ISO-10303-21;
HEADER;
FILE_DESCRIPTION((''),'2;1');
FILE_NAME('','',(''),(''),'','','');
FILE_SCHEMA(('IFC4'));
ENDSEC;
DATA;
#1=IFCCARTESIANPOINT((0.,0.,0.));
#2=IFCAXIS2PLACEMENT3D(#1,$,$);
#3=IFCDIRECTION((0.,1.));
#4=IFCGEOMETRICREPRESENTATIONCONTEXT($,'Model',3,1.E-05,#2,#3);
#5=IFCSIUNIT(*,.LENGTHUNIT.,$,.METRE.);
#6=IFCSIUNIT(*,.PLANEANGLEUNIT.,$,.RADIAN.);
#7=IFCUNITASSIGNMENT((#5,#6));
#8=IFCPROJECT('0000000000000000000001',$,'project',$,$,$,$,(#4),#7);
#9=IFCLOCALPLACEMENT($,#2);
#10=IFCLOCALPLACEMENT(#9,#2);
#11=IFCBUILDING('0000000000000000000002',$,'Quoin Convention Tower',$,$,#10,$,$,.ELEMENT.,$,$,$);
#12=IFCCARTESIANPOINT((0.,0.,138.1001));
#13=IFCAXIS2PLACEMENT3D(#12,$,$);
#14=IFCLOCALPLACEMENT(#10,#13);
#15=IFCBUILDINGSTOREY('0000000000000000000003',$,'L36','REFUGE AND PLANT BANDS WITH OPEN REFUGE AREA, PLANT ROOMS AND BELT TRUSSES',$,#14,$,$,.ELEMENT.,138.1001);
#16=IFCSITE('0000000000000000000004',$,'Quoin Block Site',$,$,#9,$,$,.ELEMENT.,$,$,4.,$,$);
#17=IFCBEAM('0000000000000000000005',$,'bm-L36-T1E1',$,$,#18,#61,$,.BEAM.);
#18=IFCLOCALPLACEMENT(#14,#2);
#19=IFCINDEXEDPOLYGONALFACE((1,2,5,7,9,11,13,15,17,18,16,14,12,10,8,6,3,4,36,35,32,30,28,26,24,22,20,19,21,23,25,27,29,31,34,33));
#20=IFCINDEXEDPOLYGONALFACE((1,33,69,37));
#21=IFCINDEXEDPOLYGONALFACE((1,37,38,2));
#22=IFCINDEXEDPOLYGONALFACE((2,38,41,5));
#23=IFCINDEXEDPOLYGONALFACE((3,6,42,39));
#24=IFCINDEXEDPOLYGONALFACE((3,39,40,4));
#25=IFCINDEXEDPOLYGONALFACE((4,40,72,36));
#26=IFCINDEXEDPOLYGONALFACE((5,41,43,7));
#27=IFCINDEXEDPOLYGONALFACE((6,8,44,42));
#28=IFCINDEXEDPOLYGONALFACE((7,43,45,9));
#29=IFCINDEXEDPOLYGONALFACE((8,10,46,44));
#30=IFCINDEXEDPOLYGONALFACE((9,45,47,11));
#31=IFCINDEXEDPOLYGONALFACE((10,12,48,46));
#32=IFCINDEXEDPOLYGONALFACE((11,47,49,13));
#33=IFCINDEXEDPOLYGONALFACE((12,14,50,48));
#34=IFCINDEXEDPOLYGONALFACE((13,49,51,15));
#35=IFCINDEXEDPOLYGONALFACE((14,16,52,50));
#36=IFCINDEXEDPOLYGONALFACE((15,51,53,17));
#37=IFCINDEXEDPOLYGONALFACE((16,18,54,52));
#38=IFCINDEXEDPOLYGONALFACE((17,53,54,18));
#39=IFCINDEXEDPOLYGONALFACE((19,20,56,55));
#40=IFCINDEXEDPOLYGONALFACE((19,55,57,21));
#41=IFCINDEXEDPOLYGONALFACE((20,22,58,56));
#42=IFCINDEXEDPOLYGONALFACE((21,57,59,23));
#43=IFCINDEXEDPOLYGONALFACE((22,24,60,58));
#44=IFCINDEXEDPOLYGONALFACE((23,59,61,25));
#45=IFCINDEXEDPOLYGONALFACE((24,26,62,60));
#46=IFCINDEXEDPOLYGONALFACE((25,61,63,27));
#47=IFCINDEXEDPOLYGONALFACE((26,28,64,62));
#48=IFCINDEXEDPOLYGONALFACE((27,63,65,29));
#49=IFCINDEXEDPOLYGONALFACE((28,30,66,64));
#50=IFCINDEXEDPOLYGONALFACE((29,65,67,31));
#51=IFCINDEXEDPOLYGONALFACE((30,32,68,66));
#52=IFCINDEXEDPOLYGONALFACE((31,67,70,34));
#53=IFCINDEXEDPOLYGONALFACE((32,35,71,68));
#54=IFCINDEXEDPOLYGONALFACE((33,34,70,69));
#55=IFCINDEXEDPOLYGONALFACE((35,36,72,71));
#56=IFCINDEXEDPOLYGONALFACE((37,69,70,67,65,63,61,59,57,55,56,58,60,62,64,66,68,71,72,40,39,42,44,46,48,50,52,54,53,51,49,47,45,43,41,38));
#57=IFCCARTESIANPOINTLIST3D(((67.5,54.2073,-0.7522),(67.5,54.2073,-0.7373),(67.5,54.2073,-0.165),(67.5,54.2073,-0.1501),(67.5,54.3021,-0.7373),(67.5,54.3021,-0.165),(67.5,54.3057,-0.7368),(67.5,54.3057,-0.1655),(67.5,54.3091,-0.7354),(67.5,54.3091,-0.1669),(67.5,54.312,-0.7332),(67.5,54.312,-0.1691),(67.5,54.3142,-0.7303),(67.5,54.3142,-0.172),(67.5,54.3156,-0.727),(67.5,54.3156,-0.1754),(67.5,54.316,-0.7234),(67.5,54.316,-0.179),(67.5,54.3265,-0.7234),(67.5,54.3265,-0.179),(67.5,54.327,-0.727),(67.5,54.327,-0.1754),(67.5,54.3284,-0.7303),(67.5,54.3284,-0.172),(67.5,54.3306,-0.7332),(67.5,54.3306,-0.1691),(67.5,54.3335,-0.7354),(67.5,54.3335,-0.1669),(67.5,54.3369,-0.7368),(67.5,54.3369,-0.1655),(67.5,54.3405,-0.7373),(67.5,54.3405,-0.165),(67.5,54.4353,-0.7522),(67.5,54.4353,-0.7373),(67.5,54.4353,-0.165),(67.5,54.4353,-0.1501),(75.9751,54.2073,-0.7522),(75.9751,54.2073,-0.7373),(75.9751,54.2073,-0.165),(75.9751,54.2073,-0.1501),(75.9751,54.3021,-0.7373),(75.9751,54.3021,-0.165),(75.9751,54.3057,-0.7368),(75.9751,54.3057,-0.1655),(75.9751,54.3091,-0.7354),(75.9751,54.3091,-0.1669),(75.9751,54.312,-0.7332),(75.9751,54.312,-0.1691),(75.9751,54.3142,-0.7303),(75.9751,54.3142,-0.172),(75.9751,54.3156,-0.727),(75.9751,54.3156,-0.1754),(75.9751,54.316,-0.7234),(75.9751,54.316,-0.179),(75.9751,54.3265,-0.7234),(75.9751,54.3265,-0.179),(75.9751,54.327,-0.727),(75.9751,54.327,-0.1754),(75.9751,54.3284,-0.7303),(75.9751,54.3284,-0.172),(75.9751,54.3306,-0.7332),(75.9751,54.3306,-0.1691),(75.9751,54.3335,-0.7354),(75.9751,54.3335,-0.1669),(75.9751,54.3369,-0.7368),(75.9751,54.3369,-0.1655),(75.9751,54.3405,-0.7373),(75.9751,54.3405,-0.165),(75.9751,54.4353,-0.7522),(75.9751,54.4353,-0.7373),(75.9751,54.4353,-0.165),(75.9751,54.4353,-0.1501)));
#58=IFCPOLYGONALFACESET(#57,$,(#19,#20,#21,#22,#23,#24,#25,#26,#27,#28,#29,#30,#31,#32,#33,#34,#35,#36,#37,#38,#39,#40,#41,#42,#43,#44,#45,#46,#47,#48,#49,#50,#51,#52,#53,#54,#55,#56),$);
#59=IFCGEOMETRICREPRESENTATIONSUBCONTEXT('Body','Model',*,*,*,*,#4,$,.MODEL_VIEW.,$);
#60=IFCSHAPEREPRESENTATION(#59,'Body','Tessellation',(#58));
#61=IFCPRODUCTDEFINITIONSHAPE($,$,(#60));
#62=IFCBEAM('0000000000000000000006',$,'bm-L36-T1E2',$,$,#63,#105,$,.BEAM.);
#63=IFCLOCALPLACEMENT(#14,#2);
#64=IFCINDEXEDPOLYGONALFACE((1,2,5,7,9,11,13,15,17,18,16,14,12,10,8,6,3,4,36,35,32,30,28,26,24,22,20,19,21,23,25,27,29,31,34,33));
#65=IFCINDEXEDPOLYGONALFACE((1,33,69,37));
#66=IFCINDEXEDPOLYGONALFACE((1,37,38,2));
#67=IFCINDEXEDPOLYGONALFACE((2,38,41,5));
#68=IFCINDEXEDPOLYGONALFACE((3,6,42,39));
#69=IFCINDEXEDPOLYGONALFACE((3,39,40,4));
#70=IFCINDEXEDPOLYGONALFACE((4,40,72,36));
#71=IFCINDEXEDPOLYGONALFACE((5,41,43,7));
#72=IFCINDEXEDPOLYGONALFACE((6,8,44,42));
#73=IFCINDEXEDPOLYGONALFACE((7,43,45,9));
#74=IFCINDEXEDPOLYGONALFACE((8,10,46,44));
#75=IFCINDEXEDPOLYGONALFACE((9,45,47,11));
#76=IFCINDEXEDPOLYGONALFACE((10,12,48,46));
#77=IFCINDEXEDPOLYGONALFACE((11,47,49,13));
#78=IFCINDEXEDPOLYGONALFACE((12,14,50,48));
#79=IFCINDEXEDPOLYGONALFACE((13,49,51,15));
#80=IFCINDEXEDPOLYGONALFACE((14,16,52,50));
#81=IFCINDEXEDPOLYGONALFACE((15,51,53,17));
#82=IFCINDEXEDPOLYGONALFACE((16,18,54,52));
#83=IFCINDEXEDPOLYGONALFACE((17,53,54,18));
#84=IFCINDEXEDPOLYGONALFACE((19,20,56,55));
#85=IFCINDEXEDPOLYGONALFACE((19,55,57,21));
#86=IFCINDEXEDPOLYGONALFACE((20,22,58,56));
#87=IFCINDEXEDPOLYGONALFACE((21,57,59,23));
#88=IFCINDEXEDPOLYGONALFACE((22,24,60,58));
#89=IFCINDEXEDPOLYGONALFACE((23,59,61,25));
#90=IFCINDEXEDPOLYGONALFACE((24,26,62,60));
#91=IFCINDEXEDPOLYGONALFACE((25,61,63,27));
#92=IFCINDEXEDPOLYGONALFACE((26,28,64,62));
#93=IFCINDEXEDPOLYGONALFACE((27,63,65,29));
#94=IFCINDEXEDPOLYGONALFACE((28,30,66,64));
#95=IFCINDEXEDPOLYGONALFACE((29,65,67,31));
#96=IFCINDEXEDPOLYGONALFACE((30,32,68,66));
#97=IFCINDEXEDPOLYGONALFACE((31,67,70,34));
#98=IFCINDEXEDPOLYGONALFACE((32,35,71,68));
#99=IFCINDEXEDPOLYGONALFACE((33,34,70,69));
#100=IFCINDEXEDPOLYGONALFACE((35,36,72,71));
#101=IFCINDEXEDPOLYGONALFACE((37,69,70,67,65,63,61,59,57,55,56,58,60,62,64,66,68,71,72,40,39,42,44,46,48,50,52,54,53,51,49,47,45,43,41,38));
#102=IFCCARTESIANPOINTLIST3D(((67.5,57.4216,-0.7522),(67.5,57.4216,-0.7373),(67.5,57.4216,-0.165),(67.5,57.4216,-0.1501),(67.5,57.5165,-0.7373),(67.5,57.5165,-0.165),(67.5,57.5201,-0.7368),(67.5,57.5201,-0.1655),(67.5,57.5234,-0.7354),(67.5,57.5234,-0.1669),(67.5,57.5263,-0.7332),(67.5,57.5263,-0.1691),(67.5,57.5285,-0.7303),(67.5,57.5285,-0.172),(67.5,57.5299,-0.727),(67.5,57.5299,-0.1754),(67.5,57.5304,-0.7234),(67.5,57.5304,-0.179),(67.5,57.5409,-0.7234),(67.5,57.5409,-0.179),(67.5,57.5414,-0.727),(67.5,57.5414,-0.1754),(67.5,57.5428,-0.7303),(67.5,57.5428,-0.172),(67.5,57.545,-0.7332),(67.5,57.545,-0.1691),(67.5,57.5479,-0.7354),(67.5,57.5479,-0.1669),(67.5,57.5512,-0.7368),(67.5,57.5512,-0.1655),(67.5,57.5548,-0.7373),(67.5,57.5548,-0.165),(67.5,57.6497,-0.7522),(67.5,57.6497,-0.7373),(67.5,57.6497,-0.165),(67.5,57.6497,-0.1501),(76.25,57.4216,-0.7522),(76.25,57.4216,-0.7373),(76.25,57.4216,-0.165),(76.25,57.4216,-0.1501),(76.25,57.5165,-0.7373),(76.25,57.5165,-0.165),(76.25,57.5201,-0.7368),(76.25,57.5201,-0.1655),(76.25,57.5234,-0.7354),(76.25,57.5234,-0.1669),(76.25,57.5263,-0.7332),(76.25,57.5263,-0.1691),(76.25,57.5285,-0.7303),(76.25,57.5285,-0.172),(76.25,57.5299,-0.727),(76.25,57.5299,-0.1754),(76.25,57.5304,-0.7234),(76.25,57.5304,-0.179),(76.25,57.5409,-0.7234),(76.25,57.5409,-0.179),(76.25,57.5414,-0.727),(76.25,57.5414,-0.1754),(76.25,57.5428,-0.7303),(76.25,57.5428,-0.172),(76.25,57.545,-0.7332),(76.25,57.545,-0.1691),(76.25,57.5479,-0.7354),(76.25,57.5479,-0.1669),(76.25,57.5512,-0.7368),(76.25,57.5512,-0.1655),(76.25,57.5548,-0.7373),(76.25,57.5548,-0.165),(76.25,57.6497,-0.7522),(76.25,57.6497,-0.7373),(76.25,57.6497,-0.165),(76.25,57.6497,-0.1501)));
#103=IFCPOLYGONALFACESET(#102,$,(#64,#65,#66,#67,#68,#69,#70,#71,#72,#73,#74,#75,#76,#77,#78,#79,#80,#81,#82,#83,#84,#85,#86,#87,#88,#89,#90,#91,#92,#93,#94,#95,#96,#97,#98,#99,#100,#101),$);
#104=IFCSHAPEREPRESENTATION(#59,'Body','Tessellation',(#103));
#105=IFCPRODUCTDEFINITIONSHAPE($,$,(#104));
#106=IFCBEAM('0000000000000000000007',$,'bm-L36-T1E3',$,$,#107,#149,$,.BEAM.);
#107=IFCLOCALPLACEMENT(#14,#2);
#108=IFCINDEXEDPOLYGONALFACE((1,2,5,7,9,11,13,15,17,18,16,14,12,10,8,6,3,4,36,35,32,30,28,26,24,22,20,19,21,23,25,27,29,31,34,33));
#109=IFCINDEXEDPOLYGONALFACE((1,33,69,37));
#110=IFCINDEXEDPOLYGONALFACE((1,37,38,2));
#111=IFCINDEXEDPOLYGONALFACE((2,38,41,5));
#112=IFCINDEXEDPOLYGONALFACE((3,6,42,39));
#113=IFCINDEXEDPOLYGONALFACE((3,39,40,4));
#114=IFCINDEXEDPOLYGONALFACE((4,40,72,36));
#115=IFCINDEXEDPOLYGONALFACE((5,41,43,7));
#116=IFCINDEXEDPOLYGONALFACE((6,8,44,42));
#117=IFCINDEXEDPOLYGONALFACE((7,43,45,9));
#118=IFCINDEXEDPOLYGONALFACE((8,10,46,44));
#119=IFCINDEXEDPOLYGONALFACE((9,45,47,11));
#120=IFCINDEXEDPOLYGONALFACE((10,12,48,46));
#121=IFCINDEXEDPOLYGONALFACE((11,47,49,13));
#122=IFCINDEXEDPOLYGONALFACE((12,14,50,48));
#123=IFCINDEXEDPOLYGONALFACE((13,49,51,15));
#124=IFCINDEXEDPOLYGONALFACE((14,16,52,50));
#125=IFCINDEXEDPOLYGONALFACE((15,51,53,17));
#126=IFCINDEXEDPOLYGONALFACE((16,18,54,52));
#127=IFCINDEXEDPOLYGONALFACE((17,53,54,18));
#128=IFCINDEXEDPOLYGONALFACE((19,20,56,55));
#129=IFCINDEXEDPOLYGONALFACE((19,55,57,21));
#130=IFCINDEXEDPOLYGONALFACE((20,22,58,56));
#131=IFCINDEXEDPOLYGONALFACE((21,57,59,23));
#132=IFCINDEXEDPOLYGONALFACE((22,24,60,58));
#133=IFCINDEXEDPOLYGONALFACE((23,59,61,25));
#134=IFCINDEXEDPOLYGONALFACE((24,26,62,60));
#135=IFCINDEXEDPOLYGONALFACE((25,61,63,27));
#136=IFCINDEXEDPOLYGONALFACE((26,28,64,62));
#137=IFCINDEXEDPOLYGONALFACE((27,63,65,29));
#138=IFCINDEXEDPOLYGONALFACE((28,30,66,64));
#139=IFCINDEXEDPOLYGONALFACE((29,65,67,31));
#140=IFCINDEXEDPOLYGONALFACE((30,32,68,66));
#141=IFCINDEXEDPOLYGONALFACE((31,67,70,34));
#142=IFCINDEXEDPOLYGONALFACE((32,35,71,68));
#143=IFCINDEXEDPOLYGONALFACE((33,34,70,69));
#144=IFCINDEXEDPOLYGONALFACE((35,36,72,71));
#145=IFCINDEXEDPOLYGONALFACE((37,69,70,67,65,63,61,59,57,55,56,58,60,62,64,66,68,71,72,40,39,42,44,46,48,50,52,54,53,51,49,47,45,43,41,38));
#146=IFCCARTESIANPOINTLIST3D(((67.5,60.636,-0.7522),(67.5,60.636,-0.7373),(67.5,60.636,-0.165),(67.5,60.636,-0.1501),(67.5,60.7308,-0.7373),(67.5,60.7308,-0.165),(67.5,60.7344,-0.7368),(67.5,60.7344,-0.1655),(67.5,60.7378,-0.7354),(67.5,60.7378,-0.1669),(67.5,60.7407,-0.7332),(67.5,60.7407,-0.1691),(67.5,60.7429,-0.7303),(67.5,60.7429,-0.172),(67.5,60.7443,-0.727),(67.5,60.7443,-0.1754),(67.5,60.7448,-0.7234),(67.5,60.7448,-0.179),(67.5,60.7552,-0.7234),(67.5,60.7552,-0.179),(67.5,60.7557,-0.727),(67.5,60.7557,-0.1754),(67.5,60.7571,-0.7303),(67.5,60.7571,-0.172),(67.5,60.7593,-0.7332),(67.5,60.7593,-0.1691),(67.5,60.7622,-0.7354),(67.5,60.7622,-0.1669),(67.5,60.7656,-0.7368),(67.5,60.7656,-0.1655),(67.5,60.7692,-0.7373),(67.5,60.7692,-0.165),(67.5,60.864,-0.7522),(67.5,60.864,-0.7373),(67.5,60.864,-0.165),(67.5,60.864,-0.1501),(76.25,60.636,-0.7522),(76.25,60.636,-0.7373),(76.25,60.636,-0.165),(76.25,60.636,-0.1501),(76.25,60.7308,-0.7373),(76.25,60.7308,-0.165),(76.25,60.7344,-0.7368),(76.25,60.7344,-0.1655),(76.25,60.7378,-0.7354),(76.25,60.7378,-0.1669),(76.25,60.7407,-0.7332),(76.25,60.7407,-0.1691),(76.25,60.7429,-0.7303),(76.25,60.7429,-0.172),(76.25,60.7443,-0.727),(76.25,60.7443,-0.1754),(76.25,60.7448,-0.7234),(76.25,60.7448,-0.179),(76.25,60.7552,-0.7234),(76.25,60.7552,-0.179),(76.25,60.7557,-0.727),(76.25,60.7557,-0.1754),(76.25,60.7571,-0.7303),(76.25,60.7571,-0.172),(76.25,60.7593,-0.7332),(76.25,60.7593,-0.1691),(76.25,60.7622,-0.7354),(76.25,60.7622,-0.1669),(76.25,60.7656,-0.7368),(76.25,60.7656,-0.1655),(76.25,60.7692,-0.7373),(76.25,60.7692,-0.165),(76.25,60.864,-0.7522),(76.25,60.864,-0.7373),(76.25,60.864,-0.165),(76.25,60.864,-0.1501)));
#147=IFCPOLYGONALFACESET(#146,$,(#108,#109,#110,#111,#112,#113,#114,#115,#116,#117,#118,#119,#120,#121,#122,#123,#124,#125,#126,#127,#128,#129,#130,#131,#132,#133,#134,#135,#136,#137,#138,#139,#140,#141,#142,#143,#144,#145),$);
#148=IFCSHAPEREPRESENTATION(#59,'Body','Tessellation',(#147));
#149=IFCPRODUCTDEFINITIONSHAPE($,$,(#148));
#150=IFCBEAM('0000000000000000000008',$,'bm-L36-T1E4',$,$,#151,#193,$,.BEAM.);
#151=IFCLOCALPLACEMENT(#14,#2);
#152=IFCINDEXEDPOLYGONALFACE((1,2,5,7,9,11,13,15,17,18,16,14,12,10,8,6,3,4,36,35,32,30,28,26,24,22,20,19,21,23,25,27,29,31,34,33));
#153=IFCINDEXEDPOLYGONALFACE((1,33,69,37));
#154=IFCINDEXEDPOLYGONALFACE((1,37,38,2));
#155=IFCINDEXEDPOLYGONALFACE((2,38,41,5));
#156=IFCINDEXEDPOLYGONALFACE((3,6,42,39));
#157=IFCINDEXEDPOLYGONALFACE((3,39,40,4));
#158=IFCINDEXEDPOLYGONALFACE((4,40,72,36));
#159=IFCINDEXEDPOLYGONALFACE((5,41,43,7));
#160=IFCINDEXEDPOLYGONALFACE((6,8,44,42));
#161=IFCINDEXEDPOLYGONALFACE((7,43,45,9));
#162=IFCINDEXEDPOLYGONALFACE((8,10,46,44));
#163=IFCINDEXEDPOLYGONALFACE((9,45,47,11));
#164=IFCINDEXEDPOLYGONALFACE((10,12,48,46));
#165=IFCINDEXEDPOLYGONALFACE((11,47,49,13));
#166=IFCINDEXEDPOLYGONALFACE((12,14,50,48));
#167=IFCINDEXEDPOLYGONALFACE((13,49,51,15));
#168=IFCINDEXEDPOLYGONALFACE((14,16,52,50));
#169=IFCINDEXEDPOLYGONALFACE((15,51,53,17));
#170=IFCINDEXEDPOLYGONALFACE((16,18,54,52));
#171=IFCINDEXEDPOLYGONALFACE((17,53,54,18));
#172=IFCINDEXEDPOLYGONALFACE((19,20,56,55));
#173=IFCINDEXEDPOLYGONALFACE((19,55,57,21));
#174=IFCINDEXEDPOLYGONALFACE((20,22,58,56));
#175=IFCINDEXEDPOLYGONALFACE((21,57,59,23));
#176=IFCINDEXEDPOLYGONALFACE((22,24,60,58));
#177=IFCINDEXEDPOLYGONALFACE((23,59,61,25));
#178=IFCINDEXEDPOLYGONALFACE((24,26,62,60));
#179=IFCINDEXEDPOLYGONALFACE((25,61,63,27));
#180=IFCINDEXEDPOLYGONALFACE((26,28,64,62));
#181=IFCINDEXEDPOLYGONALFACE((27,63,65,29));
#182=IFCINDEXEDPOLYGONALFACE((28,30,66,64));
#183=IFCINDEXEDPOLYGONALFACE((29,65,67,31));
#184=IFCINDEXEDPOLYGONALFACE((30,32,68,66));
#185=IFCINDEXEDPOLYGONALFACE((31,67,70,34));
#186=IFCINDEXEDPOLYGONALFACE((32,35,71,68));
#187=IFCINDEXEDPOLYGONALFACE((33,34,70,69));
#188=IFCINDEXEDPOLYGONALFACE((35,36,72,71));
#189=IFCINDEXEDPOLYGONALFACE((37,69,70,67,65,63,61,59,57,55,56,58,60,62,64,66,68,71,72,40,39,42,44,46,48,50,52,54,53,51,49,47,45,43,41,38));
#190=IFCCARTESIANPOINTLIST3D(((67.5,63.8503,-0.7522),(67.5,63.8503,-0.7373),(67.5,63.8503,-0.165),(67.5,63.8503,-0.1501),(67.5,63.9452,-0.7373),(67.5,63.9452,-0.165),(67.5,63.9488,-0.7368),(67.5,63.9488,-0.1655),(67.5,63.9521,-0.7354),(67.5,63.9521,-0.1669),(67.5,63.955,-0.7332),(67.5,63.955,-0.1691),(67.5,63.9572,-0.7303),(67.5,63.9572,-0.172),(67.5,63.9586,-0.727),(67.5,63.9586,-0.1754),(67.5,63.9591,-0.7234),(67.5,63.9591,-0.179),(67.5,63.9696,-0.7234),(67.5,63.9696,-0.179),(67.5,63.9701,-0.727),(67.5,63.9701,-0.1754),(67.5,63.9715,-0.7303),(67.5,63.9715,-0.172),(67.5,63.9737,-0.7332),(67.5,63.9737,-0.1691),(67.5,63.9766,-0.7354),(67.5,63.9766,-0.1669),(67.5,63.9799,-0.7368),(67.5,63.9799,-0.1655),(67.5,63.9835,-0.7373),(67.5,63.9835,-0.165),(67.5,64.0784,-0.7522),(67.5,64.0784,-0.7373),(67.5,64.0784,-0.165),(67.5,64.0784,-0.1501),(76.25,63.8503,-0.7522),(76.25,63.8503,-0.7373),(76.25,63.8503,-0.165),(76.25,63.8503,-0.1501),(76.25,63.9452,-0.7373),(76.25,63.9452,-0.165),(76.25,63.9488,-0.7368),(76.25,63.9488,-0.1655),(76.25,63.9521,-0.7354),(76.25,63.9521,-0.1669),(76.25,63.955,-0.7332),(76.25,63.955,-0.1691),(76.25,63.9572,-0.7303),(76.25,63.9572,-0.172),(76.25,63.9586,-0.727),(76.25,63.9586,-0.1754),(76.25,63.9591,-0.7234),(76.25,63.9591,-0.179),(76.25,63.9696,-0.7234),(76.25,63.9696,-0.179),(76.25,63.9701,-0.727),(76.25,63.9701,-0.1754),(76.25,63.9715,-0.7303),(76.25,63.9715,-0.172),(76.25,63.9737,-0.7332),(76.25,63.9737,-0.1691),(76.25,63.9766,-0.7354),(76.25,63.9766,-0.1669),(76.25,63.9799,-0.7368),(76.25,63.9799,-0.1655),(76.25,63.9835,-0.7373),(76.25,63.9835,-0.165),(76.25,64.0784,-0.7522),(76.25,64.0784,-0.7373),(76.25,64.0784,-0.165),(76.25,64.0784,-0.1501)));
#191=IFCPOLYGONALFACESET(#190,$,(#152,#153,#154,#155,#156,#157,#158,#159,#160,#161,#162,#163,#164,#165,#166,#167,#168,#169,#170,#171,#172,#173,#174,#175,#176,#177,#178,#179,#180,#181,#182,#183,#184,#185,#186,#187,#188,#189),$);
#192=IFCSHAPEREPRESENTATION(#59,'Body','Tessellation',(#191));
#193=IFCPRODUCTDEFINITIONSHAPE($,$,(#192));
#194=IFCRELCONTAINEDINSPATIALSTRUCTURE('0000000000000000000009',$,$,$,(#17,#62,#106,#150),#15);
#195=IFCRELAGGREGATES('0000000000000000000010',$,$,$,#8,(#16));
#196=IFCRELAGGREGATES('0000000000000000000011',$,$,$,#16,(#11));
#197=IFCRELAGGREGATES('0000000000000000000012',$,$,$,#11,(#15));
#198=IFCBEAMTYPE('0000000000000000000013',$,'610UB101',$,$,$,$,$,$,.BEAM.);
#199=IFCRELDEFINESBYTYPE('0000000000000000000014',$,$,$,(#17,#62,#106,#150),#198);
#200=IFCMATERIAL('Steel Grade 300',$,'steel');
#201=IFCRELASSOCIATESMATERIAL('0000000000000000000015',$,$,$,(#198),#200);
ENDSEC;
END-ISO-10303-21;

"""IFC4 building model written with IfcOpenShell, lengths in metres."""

from ifc_helpers import new_model, si_unit, direction, frame, origin, origin_2d, place, context, subcontext, project, spatial, i_section, extrude, material, material_profile, profile_set, type_object, element, save


model = new_model("IFC4")

# Units and contexts
model_context = context("Model", 3, precision=1e-05, world=origin(), true_north=direction((0.0, 1.0)))
body_context = subcontext(model_context, "Body", "Model", "MODEL_VIEW")
ifc_project = project(units=[si_unit("LENGTHUNIT", "METRE"), si_unit("PLANEANGLEUNIT", "RADIAN")], contexts=[model_context])

# Site, building, storey
site_placement = place(None, origin())
site = spatial("IfcSite", under=ifc_project, at=site_placement, Name="Quoin Block Site", CompositionType="ELEMENT", RefElevation=4.0)
building_placement = place(site_placement, origin())
building = spatial("IfcBuilding", under=site, at=building_placement, Name="Quoin Convention Tower", CompositionType="ELEMENT")
storey_placement = place(building_placement, frame((0.0, 0.0, 138.1001)))
storey = spatial("IfcBuildingStorey", under=building, at=storey_placement, Name="L36", Description="REFUGE AND PLANT BANDS WITH OPEN REFUGE AREA, PLANT ROOMS AND BELT TRUSSES", CompositionType="ELEMENT", Elevation=138.1001)

# Shared definitions
ifc_material_1 = material(Name="Steel Grade 300", Category="steel")

# Beams
ifc_material_profile_1 = material_profile(ifc_material_1, i_section(OverallWidth=0.228, OverallDepth=0.6021, WebThickness=0.0105, FlangeThickness=0.0149, FilletRadius=0.0139, at=origin_2d()), Name="610UB101")
ifc_profile_set_1 = profile_set([ifc_material_profile_1], Name="Steel Grade 300")
beam_type_1 = type_object("IfcBeamType", Name="610UB101", PredefinedType="BEAM", material=ifc_profile_set_1)
beam_1_placement = place(storey_placement, frame((67.5, 54.3213, -0.4512), z_axis=(1.0, 0.0, 0.0), x_axis=(0.0, 1.0, 0.0)))
element("IfcBeam", 1, at=beam_1_placement, inside=storey, type_object=beam_type_1, Name="bm-L36-T1E1", PredefinedType="BEAM", context=body_context, shape_type="SweptSolid", body=[
    extrude(i_section(OverallWidth=0.228, OverallDepth=0.6021, WebThickness=0.0105, FlangeThickness=0.0149, FilletRadius=0.0139, at=origin_2d()), origin(), (0.0, 0.0, 1.0), 8.4751),
])
for number, where, z_axis, x_axis, name in (
    (2, (67.5, 57.5356, -0.4512), (1.0, 0.0, 0.0), (0.0, 1.0, 0.0), "bm-L36-T1E2"),
    (3, (67.5, 60.75, -0.4512), (1.0, 0.0, 0.0), (0.0, 1.0, 0.0), "bm-L36-T1E3"),
    (4, (67.5, 63.9644, -0.4512), (1.0, 0.0, 0.0), (0.0, 1.0, 0.0), "bm-L36-T1E4"),
):
    element("IfcBeam", number, at=place(storey_placement, frame(where, z_axis=z_axis, x_axis=x_axis)), inside=storey, type_object=beam_type_1, Name=name, PredefinedType="BEAM", context=body_context, shape_type="SweptSolid", body=[
        extrude(i_section(OverallWidth=0.228, OverallDepth=0.6021, WebThickness=0.0105, FlangeThickness=0.0149, FilletRadius=0.0139, at=origin_2d()), origin(), (0.0, 0.0, 1.0), 8.75),
    ])

save(model, "model.ifc")
